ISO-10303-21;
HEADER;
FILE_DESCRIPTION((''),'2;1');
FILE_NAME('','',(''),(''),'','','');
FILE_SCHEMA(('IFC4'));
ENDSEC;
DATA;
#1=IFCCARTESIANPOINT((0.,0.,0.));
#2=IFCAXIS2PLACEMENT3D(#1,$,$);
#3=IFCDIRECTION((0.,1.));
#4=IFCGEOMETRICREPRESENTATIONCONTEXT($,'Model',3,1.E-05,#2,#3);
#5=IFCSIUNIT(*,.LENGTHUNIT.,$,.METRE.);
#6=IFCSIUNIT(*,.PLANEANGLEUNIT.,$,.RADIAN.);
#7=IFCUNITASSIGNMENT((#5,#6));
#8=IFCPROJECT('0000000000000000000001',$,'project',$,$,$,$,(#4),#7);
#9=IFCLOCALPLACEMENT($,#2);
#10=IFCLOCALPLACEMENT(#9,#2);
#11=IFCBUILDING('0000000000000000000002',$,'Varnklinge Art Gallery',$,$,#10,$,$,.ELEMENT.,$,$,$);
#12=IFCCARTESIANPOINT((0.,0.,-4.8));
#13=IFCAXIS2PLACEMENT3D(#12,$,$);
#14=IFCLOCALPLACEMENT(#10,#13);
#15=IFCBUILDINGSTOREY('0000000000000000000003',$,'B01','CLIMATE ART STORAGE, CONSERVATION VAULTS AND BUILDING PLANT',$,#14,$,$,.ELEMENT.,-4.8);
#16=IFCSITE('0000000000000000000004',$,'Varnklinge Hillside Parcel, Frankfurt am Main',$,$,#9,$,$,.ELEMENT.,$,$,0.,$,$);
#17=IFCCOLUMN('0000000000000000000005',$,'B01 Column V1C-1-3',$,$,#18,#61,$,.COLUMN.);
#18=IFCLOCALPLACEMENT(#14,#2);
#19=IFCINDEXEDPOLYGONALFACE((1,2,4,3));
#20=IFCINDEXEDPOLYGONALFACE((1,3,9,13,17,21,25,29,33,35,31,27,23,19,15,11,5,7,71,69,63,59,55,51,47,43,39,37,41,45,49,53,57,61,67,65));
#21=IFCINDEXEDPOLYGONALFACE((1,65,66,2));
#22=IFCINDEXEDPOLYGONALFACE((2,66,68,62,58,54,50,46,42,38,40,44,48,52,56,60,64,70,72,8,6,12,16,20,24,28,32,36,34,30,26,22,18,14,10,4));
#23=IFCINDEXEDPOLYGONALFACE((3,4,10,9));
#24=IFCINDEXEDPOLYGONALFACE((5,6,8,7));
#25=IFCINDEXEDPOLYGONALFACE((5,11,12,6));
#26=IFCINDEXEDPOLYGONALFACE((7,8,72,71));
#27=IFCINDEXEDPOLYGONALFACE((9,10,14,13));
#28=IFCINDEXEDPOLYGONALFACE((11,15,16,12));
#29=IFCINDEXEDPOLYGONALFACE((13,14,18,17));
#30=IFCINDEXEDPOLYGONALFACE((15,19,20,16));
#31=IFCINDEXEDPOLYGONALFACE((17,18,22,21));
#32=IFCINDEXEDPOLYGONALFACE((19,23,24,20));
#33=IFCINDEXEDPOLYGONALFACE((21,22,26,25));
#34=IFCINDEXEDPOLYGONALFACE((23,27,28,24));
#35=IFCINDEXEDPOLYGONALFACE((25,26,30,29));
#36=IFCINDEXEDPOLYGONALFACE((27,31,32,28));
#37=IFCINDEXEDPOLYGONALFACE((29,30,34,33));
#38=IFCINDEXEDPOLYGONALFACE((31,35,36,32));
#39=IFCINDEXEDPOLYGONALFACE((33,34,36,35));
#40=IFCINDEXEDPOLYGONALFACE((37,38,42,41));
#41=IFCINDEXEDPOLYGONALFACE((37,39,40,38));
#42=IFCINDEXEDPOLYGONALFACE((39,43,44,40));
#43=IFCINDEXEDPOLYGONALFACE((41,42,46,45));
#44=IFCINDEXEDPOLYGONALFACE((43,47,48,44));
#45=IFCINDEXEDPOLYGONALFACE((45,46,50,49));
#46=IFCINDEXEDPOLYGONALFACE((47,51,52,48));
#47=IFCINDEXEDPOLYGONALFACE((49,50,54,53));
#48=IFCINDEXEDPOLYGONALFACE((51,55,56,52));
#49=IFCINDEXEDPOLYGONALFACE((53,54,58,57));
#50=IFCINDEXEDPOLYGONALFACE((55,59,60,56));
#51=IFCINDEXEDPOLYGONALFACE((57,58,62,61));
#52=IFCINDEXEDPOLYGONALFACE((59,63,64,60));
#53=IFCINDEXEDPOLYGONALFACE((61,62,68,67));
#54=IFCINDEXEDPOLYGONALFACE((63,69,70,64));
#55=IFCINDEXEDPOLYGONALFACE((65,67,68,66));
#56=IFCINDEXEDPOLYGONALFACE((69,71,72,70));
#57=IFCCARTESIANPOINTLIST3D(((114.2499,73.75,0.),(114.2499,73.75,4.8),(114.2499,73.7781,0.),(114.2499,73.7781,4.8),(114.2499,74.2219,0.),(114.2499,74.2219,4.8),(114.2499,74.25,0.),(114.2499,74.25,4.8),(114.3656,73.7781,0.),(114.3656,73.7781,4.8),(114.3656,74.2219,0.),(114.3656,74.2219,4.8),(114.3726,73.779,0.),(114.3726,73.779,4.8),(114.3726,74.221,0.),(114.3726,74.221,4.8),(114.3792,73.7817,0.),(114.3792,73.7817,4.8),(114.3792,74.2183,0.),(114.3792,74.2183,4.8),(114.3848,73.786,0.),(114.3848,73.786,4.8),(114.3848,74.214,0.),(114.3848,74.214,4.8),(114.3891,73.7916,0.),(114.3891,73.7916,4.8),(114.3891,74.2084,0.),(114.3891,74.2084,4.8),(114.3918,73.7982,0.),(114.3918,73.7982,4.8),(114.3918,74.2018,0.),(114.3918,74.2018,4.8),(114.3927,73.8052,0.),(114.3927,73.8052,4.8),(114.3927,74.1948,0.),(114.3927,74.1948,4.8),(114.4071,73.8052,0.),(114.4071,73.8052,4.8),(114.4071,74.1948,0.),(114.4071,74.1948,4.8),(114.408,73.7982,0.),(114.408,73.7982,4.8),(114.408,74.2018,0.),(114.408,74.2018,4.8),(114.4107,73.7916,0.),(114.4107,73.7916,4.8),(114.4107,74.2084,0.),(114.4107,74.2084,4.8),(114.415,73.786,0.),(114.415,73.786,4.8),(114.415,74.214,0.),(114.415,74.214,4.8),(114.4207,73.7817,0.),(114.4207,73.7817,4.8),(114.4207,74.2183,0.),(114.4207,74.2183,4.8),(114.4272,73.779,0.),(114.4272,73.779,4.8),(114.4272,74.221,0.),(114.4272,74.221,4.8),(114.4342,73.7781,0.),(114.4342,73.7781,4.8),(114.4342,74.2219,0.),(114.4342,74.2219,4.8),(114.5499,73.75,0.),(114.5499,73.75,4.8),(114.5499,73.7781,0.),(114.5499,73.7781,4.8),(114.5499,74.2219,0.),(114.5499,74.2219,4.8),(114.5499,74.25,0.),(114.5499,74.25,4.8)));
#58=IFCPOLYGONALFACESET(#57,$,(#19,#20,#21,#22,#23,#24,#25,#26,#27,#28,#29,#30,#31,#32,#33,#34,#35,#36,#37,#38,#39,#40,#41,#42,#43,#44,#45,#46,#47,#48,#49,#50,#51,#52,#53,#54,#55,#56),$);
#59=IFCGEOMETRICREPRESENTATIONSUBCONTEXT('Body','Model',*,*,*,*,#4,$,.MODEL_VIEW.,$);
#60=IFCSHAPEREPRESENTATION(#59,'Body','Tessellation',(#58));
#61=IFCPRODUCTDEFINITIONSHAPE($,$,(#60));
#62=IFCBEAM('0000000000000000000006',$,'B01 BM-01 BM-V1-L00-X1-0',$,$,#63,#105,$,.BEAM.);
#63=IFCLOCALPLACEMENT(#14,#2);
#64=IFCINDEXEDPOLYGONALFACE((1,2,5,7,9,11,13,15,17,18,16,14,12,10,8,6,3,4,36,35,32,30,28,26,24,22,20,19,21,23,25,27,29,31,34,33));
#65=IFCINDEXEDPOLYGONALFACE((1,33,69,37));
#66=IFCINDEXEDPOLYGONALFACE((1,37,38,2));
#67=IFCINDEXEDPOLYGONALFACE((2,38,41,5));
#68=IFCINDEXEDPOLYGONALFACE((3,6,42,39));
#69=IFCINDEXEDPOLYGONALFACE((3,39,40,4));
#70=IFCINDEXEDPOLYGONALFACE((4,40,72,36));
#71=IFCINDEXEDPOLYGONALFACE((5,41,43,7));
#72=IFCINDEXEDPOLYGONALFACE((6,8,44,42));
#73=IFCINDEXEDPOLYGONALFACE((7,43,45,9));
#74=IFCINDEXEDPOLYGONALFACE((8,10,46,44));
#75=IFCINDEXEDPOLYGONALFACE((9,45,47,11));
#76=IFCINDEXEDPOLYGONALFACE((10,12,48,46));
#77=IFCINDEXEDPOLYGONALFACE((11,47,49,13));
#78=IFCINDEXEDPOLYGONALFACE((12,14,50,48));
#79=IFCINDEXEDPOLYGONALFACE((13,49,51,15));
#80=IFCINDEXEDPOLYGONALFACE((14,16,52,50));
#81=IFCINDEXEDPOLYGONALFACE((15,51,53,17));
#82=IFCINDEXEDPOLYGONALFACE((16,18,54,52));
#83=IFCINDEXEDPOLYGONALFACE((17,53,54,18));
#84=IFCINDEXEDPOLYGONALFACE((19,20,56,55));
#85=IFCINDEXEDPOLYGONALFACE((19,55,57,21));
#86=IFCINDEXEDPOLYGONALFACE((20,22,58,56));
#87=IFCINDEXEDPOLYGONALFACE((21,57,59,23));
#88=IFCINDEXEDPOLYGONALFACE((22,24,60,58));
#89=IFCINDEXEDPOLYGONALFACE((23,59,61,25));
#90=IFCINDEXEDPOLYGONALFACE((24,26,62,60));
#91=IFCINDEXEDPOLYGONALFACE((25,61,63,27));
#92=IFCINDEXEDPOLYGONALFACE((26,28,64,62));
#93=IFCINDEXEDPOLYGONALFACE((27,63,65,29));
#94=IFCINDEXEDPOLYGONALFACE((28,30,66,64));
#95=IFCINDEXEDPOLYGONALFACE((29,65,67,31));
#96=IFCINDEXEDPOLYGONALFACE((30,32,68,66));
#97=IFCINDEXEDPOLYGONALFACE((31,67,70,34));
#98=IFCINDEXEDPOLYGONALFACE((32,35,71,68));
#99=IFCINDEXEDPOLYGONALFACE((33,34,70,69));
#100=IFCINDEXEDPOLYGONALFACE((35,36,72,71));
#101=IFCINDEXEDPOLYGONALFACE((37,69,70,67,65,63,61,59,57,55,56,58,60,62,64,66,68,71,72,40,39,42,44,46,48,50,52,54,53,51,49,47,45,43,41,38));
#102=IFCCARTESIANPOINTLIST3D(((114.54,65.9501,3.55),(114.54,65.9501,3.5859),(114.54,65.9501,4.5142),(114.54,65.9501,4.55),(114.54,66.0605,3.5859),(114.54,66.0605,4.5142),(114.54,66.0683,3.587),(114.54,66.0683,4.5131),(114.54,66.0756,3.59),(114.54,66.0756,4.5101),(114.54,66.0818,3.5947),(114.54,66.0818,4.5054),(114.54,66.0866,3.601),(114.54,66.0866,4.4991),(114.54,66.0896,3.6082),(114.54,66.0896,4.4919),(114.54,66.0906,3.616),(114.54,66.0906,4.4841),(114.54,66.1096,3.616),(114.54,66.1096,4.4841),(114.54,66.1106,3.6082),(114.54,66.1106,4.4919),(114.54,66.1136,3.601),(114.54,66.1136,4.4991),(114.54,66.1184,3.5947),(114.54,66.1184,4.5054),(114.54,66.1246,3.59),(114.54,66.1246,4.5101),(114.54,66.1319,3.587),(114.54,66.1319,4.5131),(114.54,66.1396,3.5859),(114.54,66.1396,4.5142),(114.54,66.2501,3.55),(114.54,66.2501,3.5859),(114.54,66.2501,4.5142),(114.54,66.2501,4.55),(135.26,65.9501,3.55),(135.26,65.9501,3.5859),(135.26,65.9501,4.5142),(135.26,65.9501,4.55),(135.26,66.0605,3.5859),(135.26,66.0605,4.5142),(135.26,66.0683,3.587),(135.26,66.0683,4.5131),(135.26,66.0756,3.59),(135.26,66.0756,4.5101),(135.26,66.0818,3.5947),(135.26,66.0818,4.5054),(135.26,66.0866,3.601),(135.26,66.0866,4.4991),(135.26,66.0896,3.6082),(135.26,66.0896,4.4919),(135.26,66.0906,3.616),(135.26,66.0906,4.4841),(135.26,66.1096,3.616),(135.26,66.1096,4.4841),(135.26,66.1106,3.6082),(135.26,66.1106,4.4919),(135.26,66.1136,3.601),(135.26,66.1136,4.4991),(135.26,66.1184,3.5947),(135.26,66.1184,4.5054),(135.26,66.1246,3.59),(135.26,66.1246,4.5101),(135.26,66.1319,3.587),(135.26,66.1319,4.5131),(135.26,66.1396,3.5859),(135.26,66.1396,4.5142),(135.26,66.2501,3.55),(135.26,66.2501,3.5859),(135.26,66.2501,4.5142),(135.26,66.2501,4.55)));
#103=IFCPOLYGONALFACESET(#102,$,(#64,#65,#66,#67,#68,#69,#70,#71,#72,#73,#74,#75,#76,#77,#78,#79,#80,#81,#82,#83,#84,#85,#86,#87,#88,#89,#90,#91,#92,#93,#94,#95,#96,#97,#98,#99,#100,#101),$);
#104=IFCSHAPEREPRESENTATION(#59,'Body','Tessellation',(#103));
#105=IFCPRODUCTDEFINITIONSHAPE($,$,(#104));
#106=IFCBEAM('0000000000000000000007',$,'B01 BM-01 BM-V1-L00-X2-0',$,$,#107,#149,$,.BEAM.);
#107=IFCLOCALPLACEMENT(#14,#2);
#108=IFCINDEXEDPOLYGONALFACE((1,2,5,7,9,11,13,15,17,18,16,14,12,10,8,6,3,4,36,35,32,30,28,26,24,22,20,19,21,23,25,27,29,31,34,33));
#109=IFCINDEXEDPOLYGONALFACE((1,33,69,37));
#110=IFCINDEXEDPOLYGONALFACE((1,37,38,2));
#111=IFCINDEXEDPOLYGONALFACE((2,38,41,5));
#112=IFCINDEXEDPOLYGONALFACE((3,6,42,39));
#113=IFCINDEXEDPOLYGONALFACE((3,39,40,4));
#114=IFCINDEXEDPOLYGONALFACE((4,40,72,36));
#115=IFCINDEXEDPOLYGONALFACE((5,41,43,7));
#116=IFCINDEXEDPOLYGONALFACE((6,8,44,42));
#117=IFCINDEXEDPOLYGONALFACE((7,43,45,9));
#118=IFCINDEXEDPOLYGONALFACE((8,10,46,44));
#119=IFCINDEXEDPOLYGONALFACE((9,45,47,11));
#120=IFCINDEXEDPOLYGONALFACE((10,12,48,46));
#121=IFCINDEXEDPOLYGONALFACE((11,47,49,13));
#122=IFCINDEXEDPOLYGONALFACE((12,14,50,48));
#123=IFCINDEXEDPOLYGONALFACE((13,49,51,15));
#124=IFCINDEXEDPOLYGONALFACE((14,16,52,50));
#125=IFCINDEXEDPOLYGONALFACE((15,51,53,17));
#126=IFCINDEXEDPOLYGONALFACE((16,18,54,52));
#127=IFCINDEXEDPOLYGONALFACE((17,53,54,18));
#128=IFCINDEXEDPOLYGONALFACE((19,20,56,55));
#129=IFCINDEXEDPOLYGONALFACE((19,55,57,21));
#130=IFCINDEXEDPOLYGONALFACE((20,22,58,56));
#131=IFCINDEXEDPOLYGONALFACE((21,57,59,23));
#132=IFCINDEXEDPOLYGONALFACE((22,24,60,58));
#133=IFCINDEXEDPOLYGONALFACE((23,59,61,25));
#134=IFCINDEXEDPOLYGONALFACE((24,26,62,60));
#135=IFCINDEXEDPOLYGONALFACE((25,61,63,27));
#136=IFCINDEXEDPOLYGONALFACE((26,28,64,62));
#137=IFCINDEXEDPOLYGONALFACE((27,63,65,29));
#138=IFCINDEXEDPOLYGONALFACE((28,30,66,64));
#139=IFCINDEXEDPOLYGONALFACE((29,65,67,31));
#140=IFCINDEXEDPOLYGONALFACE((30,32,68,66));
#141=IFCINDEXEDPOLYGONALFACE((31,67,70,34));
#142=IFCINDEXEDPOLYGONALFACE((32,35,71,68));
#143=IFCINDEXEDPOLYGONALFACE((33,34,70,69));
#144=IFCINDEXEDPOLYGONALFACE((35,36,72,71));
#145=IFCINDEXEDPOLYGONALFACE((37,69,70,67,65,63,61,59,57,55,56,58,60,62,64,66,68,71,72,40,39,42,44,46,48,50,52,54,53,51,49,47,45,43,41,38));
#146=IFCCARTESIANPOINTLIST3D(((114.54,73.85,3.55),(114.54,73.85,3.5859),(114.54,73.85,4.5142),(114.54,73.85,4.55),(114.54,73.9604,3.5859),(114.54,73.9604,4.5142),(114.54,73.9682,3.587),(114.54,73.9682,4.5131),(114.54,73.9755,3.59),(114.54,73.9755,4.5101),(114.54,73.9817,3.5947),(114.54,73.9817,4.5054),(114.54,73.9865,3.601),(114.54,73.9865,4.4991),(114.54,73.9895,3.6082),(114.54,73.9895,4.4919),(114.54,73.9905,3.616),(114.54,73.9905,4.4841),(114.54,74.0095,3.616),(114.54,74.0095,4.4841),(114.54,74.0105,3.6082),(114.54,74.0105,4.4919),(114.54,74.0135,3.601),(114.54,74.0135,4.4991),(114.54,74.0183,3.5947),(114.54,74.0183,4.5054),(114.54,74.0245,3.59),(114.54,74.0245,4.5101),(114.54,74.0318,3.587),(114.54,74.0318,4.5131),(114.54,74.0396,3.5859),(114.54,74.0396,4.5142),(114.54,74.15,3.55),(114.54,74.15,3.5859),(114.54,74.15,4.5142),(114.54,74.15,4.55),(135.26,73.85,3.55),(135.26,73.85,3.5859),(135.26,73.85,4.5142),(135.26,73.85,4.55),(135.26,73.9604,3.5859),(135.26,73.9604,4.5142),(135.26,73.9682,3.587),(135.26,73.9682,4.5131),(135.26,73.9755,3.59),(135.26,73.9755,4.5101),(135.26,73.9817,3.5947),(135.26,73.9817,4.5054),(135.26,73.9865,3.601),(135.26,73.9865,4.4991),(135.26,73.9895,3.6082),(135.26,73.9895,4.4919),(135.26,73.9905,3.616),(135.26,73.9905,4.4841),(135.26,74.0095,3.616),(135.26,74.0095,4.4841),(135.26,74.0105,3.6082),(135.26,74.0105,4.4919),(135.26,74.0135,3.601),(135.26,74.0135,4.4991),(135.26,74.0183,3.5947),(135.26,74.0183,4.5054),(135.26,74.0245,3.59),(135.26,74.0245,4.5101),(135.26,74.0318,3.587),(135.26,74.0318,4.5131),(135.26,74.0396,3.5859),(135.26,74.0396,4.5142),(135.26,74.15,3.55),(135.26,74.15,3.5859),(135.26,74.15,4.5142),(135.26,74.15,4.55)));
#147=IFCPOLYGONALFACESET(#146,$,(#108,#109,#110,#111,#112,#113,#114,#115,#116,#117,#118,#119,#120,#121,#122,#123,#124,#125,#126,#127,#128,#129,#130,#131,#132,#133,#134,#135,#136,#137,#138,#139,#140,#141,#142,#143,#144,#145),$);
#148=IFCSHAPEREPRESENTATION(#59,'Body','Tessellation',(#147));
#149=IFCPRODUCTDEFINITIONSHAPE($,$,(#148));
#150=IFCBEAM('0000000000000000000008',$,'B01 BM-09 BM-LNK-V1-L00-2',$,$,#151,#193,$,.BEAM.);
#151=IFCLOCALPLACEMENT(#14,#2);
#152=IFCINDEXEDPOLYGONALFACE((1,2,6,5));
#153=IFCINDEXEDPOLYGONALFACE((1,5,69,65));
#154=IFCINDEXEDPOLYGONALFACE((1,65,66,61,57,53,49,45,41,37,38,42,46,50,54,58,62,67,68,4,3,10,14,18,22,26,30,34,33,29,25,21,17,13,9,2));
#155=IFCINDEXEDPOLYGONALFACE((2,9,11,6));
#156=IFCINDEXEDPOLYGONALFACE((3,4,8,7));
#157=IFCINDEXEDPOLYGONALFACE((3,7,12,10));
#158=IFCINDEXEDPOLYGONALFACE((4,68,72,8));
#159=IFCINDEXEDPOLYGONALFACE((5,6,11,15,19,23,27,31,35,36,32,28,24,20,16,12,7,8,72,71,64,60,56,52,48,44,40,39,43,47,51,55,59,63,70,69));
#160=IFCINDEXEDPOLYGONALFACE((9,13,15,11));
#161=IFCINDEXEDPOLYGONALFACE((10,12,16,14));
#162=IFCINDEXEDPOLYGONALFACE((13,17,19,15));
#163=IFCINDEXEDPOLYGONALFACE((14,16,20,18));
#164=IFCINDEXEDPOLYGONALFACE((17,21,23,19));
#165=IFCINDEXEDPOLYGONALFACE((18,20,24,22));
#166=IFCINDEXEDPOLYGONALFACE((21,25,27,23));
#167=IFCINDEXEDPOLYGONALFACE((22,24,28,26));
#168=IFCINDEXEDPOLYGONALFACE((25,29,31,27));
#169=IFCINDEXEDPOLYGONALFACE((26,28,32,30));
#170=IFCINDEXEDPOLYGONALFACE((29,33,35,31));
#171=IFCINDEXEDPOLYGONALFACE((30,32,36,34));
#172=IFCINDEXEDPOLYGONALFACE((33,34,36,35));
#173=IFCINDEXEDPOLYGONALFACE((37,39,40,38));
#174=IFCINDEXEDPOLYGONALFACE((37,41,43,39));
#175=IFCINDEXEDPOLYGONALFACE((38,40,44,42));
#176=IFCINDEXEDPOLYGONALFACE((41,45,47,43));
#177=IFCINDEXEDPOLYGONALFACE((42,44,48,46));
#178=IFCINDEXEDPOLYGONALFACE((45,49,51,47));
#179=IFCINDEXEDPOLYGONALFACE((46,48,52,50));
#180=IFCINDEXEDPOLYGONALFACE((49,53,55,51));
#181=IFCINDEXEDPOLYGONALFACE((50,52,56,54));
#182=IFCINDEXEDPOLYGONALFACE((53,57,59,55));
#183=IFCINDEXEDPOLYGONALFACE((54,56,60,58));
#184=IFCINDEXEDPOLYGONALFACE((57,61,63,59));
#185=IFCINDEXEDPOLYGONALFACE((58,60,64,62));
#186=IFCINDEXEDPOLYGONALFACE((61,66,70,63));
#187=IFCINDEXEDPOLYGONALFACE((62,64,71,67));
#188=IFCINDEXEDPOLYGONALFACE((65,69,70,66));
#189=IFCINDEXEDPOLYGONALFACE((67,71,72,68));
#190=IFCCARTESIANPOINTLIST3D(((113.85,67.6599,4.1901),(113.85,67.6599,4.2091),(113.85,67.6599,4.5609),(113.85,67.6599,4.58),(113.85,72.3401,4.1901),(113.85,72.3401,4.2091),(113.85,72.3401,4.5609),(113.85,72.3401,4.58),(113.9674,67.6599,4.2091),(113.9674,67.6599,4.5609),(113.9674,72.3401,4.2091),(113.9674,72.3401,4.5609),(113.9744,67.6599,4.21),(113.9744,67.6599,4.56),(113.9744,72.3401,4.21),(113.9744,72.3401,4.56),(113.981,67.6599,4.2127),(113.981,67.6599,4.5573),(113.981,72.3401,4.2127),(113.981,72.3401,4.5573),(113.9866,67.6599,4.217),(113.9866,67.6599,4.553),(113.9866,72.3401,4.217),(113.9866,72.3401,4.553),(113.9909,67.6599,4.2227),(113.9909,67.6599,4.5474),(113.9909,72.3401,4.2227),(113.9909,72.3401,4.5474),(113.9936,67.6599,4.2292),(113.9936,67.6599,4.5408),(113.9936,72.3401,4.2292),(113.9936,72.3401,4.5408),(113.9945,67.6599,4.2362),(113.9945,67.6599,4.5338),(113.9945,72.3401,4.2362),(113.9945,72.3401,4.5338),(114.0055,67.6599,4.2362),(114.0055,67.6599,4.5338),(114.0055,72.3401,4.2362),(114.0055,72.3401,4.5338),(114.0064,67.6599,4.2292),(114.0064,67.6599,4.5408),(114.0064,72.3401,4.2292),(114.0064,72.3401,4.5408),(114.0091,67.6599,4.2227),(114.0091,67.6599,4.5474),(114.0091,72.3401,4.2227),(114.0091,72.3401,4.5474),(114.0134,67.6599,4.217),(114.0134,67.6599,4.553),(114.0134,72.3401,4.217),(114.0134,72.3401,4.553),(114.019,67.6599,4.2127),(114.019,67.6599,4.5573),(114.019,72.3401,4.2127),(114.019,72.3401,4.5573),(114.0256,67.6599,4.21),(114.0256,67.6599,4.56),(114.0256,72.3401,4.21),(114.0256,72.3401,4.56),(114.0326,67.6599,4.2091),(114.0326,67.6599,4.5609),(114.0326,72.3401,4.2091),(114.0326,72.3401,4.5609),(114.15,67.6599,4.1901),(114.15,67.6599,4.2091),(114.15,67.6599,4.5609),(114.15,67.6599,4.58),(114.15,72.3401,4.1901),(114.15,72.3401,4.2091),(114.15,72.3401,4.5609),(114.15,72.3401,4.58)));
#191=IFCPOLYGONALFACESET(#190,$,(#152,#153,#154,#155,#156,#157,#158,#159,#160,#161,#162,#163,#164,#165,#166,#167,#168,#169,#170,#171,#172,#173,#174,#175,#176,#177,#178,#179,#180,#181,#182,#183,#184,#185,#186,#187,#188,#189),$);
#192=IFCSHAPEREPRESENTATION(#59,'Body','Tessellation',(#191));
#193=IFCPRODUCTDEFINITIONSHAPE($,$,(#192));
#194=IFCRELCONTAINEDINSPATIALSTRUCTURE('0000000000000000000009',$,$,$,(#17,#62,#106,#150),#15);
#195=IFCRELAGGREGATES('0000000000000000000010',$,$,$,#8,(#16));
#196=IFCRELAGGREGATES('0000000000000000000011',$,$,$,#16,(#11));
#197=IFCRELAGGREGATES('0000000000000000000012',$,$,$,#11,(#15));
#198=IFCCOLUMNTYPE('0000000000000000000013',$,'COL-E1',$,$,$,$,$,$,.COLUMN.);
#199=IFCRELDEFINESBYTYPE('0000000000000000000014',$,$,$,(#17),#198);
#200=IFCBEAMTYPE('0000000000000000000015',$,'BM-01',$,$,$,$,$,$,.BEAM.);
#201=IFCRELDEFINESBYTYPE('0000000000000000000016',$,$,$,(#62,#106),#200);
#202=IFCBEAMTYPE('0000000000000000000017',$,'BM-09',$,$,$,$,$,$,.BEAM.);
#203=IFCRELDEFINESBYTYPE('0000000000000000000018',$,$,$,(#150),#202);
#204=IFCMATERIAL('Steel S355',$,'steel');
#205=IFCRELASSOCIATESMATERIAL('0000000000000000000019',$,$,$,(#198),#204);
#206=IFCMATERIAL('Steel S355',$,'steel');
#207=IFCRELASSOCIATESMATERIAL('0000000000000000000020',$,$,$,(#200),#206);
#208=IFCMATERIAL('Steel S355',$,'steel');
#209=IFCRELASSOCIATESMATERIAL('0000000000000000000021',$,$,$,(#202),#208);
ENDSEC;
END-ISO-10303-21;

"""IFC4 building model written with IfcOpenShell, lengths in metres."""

from ifc_helpers import new_model, si_unit, direction, frame, origin, origin_2d, place, context, subcontext, project, spatial, i_section, extrude, material, material_profile, profile_set, type_object, element, save


model = new_model("IFC4")

# Units and contexts
model_context = context("Model", 3, precision=1e-05, world=origin(), true_north=direction((0.0, 1.0)))
body_context = subcontext(model_context, "Body", "Model", "MODEL_VIEW")
ifc_project = project(units=[si_unit("LENGTHUNIT", "METRE"), si_unit("PLANEANGLEUNIT", "RADIAN")], contexts=[model_context])

# Site, building, storey
site_placement = place(None, origin())
site = spatial("IfcSite", under=ifc_project, at=site_placement, Name="Varnklinge Hillside Parcel, Frankfurt am Main", CompositionType="ELEMENT", RefElevation=0.0)
building_placement = place(site_placement, origin())
building = spatial("IfcBuilding", under=site, at=building_placement, Name="Varnklinge Art Gallery", CompositionType="ELEMENT")
storey_placement = place(building_placement, frame((0.0, 0.0, -4.8)))
storey = spatial("IfcBuildingStorey", under=building, at=storey_placement, Name="B01", Description="CLIMATE ART STORAGE, CONSERVATION VAULTS AND BUILDING PLANT", CompositionType="ELEMENT", Elevation=-4.8)

# Column
ifc_material_1 = material(Name="Steel S355", Category="steel")
ifc_material_profile_1 = material_profile(ifc_material_1, i_section(OverallWidth=0.3, OverallDepth=0.5, WebThickness=0.0144, FlangeThickness=0.0281, FilletRadius=0.0271, at=origin_2d()), Name="HEB 500")
ifc_profile_set_1 = profile_set([ifc_material_profile_1], Name="Steel S355")
column_type_1 = type_object("IfcColumnType", Name="COL-E1", PredefinedType="COLUMN", material=ifc_profile_set_1)
for number, where, z_axis, x_axis, name in (
    (1, (114.3999, 74.0, 0.0), (0.0, 0.0, 1.0), (1.0, 0.0, 0.0), "B01 Column V1C-1-3"),
):
    element("IfcColumn", number, at=place(storey_placement, frame(where, z_axis=z_axis, x_axis=x_axis)), inside=storey, type_object=column_type_1, Name=name, PredefinedType="COLUMN", context=body_context, shape_type="SweptSolid", body=[
        extrude(i_section(OverallWidth=0.3, OverallDepth=0.5, WebThickness=0.0144, FlangeThickness=0.0281, FilletRadius=0.0271, at=origin_2d()), origin(), (0.0, 0.0, 1.0), 4.8),
    ])

# Beams
ifc_material_2 = material(Name="Steel S355", Category="steel")
ifc_material_profile_2 = material_profile(ifc_material_2, i_section(OverallWidth=0.3, OverallDepth=1.0, WebThickness=0.019, FlangeThickness=0.0359, FilletRadius=0.03, at=origin_2d()), Name="HEB 1000")
ifc_profile_set_2 = profile_set([ifc_material_profile_2], Name="Steel S355")
beam_type_1 = type_object("IfcBeamType", Name="BM-01", PredefinedType="BEAM", material=ifc_profile_set_2)
for number, where, z_axis, x_axis, name in (
    (2, (114.54, 66.1001, 4.05), (1.0, 0.0, 0.0), (0.0, 1.0, 0.0), "B01 BM-01 BM-V1-L00-X1-0"),
    (3, (114.54, 74.0, 4.05), (1.0, 0.0, 0.0), (0.0, 1.0, 0.0), "B01 BM-01 BM-V1-L00-X2-0"),
):
    element("IfcBeam", number, at=place(storey_placement, frame(where, z_axis=z_axis, x_axis=x_axis)), inside=storey, type_object=beam_type_1, Name=name, PredefinedType="BEAM", context=body_context, shape_type="SweptSolid", body=[
        extrude(i_section(OverallWidth=0.3, OverallDepth=1.0, WebThickness=0.019, FlangeThickness=0.0359, FilletRadius=0.03, at=origin_2d()), origin(), (0.0, 0.0, 1.0), 20.72),
    ])
ifc_material_3 = material(Name="Steel S355", Category="steel")
ifc_material_profile_3 = material_profile(ifc_material_3, i_section(OverallWidth=0.3, OverallDepth=0.3899, WebThickness=0.011, FlangeThickness=0.019, FilletRadius=0.0271, at=origin_2d()), Name="HEA 400")
ifc_profile_set_3 = profile_set([ifc_material_profile_3], Name="Steel S355")
beam_type_2 = type_object("IfcBeamType", Name="BM-09", PredefinedType="BEAM", material=ifc_profile_set_3)
beam_1_placement = place(storey_placement, frame((114.0, 67.6599, 4.385), z_axis=(0.0, 1.0, 0.0), x_axis=(-1.0, 0.0, 0.0)))
element("IfcBeam", 4, at=beam_1_placement, inside=storey, type_object=beam_type_2, Name="B01 BM-09 BM-LNK-V1-L00-2", PredefinedType="BEAM", context=body_context, shape_type="SweptSolid", body=[
    extrude(i_section(OverallWidth=0.3, OverallDepth=0.3899, WebThickness=0.011, FlangeThickness=0.019, FilletRadius=0.0271, at=origin_2d()), origin(), (0.0, 0.0, 1.0), 4.6802),
])

save(model, "model.ifc")
